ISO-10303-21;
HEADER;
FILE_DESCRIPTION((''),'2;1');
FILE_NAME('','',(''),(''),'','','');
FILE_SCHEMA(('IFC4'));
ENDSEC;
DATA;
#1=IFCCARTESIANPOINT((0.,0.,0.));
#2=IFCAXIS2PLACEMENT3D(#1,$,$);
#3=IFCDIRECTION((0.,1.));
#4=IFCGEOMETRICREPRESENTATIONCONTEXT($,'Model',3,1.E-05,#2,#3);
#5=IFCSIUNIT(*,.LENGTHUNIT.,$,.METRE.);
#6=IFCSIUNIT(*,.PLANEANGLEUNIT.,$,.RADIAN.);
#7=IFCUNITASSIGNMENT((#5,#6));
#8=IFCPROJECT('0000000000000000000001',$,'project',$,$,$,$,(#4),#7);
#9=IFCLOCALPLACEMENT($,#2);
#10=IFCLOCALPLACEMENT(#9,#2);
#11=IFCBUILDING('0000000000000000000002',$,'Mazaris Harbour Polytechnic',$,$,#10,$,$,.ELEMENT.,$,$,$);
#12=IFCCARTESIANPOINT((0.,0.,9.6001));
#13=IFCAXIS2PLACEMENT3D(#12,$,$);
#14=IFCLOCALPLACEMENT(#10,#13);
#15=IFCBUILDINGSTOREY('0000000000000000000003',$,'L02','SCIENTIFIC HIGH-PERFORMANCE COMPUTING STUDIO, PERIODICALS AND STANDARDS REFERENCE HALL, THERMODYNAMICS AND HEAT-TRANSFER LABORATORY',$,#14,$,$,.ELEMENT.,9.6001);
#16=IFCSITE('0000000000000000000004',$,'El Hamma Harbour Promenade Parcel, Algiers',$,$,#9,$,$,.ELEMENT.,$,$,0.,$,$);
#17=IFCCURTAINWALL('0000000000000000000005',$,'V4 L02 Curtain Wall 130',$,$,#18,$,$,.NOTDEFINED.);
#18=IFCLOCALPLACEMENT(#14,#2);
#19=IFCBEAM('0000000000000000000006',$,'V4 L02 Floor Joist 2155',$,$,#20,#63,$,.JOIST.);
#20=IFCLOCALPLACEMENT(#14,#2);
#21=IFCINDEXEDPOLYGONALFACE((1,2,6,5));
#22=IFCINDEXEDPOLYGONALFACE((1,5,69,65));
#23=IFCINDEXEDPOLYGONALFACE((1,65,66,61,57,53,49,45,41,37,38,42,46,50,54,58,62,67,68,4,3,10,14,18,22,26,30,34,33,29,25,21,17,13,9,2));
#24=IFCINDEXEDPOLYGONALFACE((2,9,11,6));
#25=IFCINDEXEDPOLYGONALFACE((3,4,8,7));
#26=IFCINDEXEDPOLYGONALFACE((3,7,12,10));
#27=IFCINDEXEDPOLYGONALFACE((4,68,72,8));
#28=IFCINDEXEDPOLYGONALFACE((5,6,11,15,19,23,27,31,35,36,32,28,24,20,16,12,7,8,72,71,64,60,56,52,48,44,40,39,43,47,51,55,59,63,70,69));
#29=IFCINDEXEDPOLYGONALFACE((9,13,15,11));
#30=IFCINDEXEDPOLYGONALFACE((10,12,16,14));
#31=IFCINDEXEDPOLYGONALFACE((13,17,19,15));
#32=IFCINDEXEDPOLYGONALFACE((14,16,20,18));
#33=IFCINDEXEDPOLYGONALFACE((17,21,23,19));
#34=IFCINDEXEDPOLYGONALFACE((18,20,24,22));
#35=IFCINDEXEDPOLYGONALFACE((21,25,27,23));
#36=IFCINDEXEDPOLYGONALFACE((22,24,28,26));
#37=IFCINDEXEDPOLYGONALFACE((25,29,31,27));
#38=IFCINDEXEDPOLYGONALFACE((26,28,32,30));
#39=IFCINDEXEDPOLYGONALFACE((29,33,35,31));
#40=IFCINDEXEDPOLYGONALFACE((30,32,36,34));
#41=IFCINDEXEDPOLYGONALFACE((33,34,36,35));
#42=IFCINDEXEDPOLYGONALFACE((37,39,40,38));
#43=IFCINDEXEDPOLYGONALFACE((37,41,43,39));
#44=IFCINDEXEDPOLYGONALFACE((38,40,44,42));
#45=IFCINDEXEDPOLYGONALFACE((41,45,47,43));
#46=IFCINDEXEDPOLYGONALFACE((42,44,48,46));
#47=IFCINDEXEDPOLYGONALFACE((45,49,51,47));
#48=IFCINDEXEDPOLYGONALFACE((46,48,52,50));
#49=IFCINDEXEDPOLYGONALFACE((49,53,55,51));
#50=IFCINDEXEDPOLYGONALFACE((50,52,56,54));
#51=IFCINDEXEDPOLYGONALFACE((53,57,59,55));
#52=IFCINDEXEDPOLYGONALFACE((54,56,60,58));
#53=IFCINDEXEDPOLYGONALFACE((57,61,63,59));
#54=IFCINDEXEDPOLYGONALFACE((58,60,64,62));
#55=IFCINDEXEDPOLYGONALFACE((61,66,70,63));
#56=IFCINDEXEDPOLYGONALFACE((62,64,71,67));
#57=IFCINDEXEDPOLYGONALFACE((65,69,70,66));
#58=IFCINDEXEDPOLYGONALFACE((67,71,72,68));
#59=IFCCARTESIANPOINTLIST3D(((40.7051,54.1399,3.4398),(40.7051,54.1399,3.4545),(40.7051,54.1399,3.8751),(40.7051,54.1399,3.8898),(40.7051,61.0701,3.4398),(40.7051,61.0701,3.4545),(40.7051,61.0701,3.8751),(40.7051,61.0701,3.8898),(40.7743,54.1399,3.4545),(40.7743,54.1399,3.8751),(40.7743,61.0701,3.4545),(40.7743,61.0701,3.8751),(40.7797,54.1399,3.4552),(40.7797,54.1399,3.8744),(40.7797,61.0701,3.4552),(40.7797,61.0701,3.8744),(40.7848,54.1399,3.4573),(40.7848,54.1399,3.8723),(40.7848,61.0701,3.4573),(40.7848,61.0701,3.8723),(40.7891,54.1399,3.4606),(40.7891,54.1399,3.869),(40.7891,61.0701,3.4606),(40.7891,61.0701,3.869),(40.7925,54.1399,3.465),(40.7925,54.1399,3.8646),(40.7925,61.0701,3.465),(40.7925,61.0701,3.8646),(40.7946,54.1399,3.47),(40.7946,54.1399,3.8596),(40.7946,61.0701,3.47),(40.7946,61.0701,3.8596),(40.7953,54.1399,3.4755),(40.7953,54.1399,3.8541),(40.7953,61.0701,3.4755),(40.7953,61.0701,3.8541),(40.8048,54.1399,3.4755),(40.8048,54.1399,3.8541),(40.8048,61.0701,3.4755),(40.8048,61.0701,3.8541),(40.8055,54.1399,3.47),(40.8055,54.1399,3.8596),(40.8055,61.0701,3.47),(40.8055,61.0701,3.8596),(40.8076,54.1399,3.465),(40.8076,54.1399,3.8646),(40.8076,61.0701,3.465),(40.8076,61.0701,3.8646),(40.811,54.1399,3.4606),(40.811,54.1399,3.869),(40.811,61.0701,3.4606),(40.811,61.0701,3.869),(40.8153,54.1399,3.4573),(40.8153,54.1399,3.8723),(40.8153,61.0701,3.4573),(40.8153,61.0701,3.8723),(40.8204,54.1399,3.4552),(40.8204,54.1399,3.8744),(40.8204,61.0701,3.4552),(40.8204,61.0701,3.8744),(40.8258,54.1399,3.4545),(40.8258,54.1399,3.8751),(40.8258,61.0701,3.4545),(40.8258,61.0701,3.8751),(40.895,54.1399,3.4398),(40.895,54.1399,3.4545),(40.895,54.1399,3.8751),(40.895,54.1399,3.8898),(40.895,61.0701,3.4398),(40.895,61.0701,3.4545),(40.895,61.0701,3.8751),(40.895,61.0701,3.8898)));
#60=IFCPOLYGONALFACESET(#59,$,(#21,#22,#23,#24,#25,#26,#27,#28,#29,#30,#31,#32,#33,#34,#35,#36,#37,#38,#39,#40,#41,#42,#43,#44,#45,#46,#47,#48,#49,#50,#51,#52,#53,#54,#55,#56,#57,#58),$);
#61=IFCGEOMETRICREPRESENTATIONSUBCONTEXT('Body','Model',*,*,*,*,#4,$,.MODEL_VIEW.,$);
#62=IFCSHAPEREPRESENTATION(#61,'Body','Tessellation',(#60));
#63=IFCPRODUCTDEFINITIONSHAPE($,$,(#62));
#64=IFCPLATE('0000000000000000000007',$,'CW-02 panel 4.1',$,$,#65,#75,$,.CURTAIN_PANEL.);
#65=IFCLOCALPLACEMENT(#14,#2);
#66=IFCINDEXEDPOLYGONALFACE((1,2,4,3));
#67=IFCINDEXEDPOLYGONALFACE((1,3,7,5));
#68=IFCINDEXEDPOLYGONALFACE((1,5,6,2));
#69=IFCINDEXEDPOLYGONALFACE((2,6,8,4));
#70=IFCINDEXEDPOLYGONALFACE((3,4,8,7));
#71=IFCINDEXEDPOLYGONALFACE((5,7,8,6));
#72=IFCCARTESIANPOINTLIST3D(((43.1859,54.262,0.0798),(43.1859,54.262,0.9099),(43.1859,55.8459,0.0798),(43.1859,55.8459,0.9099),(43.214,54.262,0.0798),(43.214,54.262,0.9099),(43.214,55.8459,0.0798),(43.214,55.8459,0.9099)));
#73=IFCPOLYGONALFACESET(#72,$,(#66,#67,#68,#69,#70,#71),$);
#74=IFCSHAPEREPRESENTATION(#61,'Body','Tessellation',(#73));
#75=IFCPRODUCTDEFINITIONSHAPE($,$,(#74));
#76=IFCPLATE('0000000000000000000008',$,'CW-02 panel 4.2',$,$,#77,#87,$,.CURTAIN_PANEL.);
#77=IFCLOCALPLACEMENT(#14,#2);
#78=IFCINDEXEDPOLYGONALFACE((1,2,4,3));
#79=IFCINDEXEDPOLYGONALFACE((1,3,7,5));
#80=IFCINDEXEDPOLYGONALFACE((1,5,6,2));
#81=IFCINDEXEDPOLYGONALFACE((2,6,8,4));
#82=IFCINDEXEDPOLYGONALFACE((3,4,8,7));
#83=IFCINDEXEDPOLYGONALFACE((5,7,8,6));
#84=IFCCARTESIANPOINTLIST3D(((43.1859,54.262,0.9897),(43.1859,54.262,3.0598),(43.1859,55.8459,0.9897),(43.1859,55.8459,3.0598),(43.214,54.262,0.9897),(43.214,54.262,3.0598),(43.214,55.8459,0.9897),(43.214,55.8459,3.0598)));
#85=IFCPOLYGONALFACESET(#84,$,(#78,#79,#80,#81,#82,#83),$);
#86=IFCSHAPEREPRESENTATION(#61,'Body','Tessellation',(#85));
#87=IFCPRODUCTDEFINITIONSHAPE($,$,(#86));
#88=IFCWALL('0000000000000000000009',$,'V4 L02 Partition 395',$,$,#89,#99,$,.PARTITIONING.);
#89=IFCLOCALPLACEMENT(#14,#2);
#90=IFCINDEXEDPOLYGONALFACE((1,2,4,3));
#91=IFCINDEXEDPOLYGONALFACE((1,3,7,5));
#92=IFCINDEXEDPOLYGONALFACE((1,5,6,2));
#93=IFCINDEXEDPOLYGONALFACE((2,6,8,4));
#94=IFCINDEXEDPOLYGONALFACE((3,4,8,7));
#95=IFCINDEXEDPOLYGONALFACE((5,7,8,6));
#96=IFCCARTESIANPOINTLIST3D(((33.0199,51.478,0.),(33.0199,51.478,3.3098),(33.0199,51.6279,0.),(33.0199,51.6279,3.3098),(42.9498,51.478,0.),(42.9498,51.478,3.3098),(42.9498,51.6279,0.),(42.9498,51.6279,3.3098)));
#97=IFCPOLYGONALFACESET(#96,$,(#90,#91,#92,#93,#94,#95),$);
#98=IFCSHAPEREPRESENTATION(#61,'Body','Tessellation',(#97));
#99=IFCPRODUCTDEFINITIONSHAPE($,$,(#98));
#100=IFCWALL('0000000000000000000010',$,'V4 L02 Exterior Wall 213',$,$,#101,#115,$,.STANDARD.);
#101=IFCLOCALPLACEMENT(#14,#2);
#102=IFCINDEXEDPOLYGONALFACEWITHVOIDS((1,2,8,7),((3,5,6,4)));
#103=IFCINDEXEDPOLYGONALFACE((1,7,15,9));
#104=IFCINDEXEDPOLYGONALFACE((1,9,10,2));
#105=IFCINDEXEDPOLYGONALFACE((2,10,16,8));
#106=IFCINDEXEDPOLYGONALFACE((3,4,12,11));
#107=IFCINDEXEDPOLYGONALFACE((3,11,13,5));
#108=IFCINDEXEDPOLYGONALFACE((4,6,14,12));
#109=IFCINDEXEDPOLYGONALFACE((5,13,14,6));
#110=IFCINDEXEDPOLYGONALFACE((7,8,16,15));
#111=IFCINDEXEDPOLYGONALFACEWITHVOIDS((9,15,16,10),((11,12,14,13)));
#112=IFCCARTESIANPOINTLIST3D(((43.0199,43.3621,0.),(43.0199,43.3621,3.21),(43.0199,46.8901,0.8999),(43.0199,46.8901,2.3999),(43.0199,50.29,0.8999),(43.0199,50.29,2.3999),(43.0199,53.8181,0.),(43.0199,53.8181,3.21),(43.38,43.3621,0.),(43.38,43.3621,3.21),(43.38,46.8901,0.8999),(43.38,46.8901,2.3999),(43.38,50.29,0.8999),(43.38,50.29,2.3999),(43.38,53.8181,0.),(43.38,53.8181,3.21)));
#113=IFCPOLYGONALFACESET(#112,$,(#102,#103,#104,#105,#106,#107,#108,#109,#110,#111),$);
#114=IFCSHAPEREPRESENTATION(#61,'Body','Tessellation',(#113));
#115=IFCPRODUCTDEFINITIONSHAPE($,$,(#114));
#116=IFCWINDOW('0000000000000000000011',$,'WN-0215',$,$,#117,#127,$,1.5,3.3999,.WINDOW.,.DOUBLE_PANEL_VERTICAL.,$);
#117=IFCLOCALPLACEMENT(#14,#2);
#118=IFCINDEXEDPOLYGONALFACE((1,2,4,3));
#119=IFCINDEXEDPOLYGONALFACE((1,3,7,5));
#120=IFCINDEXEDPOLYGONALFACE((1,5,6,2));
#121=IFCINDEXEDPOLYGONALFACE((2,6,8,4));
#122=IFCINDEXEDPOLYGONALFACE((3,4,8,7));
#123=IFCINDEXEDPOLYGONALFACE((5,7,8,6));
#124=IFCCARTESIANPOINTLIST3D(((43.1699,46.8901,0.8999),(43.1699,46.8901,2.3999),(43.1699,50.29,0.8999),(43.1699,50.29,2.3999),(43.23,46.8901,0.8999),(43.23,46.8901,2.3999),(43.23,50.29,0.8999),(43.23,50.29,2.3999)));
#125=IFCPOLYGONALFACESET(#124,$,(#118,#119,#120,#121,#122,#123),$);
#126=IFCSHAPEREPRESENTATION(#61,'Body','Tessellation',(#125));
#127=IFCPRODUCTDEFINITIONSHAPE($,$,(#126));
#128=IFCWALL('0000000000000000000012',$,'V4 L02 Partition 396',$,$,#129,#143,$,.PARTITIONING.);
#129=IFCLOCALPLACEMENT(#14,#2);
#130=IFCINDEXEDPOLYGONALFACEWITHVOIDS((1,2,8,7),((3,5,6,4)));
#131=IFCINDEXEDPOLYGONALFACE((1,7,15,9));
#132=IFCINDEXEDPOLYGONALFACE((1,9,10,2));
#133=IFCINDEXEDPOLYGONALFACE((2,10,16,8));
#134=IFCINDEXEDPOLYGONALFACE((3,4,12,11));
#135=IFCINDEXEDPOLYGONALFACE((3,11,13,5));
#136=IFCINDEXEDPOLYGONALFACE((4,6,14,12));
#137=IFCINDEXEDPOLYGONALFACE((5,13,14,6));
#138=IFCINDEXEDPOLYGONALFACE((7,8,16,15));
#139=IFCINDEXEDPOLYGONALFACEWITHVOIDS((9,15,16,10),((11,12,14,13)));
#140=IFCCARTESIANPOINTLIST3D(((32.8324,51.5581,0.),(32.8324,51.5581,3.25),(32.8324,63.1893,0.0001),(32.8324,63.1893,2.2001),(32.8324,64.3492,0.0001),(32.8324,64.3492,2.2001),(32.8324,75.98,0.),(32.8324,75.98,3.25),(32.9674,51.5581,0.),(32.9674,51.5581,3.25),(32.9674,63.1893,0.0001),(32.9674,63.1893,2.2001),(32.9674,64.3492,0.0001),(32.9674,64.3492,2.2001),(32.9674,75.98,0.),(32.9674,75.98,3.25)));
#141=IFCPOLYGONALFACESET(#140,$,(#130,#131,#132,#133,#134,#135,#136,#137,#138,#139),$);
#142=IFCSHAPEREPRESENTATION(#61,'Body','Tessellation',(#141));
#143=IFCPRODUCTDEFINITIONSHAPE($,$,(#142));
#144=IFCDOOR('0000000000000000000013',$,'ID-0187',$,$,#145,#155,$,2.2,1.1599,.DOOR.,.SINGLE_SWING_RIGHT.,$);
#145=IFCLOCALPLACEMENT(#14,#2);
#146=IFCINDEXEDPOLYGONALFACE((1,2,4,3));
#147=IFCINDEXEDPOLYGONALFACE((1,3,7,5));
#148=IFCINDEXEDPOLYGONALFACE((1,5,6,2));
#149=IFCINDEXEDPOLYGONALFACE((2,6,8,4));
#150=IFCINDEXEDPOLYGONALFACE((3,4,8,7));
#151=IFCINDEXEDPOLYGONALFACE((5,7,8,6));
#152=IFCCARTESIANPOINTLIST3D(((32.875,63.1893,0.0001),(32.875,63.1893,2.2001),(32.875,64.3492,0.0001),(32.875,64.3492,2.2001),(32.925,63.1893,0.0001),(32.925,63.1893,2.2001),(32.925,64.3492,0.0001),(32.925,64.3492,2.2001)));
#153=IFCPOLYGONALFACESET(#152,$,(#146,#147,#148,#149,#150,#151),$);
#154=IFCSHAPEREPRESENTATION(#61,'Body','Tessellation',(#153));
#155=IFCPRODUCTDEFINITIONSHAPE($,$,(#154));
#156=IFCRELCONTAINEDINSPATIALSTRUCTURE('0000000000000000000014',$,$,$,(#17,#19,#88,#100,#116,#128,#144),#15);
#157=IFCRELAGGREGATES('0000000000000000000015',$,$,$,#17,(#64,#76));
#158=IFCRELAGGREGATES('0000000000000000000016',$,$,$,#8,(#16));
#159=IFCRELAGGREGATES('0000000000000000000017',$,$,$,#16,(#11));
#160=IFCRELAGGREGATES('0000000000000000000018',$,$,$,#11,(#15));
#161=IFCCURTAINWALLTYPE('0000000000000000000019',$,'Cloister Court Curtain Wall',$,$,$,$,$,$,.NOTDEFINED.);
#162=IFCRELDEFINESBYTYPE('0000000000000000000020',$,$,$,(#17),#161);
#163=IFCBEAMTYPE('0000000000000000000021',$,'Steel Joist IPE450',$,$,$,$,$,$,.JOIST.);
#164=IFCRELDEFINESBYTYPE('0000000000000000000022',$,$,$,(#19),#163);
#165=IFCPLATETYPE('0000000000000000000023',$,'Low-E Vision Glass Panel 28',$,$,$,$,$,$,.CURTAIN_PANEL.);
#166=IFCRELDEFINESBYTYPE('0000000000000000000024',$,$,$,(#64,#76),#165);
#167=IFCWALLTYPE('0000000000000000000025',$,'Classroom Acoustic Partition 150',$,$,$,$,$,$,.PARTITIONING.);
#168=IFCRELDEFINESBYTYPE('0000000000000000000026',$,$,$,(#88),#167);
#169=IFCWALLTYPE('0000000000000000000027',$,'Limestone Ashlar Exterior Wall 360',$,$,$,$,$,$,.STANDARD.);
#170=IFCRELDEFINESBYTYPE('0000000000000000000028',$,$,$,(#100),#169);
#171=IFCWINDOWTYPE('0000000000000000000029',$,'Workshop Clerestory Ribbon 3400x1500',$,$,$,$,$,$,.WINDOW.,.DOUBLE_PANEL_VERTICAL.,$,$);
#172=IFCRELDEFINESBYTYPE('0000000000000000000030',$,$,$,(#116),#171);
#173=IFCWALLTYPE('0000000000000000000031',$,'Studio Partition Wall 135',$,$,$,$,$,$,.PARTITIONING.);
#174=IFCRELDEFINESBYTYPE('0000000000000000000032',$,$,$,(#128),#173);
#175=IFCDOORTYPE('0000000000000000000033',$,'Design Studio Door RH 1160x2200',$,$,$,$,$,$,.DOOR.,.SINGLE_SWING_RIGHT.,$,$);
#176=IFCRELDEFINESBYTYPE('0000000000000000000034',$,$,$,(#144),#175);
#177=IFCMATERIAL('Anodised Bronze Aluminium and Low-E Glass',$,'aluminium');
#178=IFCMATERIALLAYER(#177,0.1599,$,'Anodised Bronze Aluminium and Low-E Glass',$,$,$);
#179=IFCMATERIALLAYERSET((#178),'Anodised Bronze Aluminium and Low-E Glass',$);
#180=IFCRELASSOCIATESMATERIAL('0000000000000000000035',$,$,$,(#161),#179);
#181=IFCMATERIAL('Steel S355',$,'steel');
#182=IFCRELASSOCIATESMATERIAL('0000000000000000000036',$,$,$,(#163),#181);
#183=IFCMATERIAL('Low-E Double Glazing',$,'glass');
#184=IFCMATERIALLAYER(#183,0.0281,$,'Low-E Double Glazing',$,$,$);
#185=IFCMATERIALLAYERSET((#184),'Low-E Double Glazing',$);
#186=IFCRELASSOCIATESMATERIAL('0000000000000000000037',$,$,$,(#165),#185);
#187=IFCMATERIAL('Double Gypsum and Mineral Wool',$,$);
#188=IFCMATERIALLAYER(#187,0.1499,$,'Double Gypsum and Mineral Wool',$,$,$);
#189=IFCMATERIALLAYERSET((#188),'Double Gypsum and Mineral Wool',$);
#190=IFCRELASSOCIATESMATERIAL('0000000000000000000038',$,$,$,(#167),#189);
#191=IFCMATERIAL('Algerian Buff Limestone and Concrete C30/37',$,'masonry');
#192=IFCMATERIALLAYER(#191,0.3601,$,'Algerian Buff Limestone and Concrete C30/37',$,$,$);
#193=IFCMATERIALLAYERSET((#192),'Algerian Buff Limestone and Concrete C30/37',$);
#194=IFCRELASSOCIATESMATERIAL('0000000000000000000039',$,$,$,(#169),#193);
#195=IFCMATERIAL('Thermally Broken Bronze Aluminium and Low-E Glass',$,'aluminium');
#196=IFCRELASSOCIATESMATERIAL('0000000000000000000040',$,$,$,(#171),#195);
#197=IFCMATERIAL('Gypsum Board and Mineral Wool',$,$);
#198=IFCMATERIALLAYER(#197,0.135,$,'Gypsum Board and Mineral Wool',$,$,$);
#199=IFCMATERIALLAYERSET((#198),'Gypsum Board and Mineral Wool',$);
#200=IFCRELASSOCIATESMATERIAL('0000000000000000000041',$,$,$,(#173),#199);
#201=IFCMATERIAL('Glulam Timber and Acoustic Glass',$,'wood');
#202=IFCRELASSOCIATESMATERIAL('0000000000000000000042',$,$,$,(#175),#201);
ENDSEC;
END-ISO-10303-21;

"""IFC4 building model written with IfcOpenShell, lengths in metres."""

from ifc_helpers import new_model, si_unit, direction, frame, frame_2d, origin, origin_2d, place, context, subcontext, project, spatial, rectangle, i_section, extrude, material, layer, layer_set, material_profile, profile_set, type_object, element, fill, aggregate, save


model = new_model("IFC4")

# Units and contexts
model_context = context("Model", 3, precision=1e-05, world=origin(), true_north=direction((0.0, 1.0)))
body_context = subcontext(model_context, "Body", "Model", "MODEL_VIEW")
ifc_project = project(units=[si_unit("LENGTHUNIT", "METRE"), si_unit("PLANEANGLEUNIT", "RADIAN")], contexts=[model_context])

# Site, building, storey
site_placement = place(None, origin())
site = spatial("IfcSite", under=ifc_project, at=site_placement, Name="El Hamma Harbour Promenade Parcel, Algiers", CompositionType="ELEMENT", RefElevation=0.0)
building_placement = place(site_placement, origin())
building = spatial("IfcBuilding", under=site, at=building_placement, Name="Mazaris Harbour Polytechnic", CompositionType="ELEMENT")
storey_placement = place(building_placement, frame((0.0, 0.0, 9.6001)))
storey = spatial("IfcBuildingStorey", under=building, at=storey_placement, Name="L02", Description="SCIENTIFIC HIGH-PERFORMANCE COMPUTING STUDIO, PERIODICALS AND STANDARDS REFERENCE HALL, THERMODYNAMICS AND HEAT-TRANSFER LABORATORY", CompositionType="ELEMENT", Elevation=9.6001)

# Curtain wall
ifc_material_1 = material(Name="Anodised Bronze Aluminium and Low-E Glass", Category="aluminium")
ifc_layer_1 = layer(ifc_material_1, 0.1599, Name="Anodised Bronze Aluminium and Low-E Glass")
ifc_layer_set_1 = layer_set([ifc_layer_1], Name="Anodised Bronze Aluminium and Low-E Glass")
curtain_wall_type = type_object("IfcCurtainWallType", Name="Cloister Court Curtain Wall", PredefinedType="NOTDEFINED", material=ifc_layer_set_1)
curtain_wall_1_placement = place(storey_placement, origin())
curtain_wall_1 = element("IfcCurtainWall", 1, at=curtain_wall_1_placement, inside=storey, type_object=curtain_wall_type, Name="V4 L02 Curtain Wall 130", PredefinedType="NOTDEFINED")

# Beam
ifc_material_2 = material(Name="Steel S355", Category="steel")
ifc_material_profile_1 = material_profile(ifc_material_2, i_section(OverallWidth=0.1899, OverallDepth=0.45, WebThickness=0.0095, FlangeThickness=0.0146, FilletRadius=0.021, at=origin_2d()), Name="IPE 450")
ifc_profile_set_1 = profile_set([ifc_material_profile_1], Name="Steel S355")
beam_type_1 = type_object("IfcBeamType", Name="Steel Joist IPE450", PredefinedType="JOIST", material=ifc_profile_set_1)
beam_1_placement = place(storey_placement, frame((40.8, 54.1399, 3.6648), z_axis=(0.0, 1.0, 0.0), x_axis=(-1.0, 0.0, 0.0)))
element("IfcBeam", 2, at=beam_1_placement, inside=storey, type_object=beam_type_1, Name="V4 L02 Floor Joist 2155", PredefinedType="JOIST", context=body_context, shape_type="SweptSolid", body=[
    extrude(i_section(OverallWidth=0.1899, OverallDepth=0.45, WebThickness=0.0095, FlangeThickness=0.0146, FilletRadius=0.021, at=origin_2d()), origin(), (0.0, 0.0, 1.0), 6.9302),
])

# Plates
ifc_material_3 = material(Name="Low-E Double Glazing", Category="glass")
ifc_layer_2 = layer(ifc_material_3, 0.0281, Name="Low-E Double Glazing")
ifc_layer_set_2 = layer_set([ifc_layer_2], Name="Low-E Double Glazing")
plate_type = type_object("IfcPlateType", Name="Low-E Vision Glass Panel 28", PredefinedType="CURTAIN_PANEL", material=ifc_layer_set_2)
plate_1_placement = place(storey_placement, frame((43.2, 55.054, 0.0798), z_axis=(0.0, 0.0, 1.0), x_axis=(0.0, -1.0, 0.0)))
plate_1 = element("IfcPlate", 3, at=plate_1_placement, type_object=plate_type, Name="CW-02 panel 4.1", PredefinedType="CURTAIN_PANEL", context=body_context, shape_type="SweptSolid", body=[
    extrude(rectangle(XDim=1.584, YDim=0.0281, at=origin_2d()), origin(), (0.0, 0.0, 1.0), 0.8301),
])
plate_2_placement = place(storey_placement, frame((43.2, 55.054, 0.9897), z_axis=(0.0, 0.0, 1.0), x_axis=(0.0, -1.0, 0.0)))
plate_2 = element("IfcPlate", 4, at=plate_2_placement, type_object=plate_type, Name="CW-02 panel 4.2", PredefinedType="CURTAIN_PANEL", context=body_context, shape_type="SweptSolid", body=[
    extrude(rectangle(XDim=1.584, YDim=0.0281, at=origin_2d()), origin(), (0.0, 0.0, 1.0), 2.0701),
])
aggregate(curtain_wall_1, [plate_1, plate_2])

# Wall
ifc_material_4 = material(Name="Double Gypsum and Mineral Wool")
ifc_layer_3 = layer(ifc_material_4, 0.1499, Name="Double Gypsum and Mineral Wool")
ifc_layer_set_3 = layer_set([ifc_layer_3], Name="Double Gypsum and Mineral Wool")
wall_type_1 = type_object("IfcWallType", Name="Classroom Acoustic Partition 150", PredefinedType="PARTITIONING", material=ifc_layer_set_3)
wall_1_placement = place(storey_placement, frame((33.02, 51.553, 0.0), z_axis=(0.0, 0.0, 1.0), x_axis=(1.0, 0.0, 0.0)))
element("IfcWall", 5, at=wall_1_placement, inside=storey, type_object=wall_type_1, Name="V4 L02 Partition 395", PredefinedType="PARTITIONING", context=body_context, shape_type="SweptSolid", body=[
    extrude(rectangle(XDim=9.9299, YDim=0.1499, at=frame_2d((4.9648, 0.0))), origin(), (0.0, 0.0, 1.0), 3.3098),
])

# Wall, opening, window
ifc_material_5 = material(Name="Algerian Buff Limestone and Concrete C30/37", Category="masonry")
ifc_layer_4 = layer(ifc_material_5, 0.3601, Name="Algerian Buff Limestone and Concrete C30/37")
ifc_layer_set_4 = layer_set([ifc_layer_4], Name="Algerian Buff Limestone and Concrete C30/37")
wall_type_2 = type_object("IfcWallType", Name="Limestone Ashlar Exterior Wall 360", PredefinedType="STANDARD", material=ifc_layer_set_4)
wall_2_placement = place(storey_placement, frame((43.2, 53.8181, 0.0), z_axis=(0.0, 0.0, 1.0), x_axis=(0.0, -1.0, 0.0)))
wall_2 = element("IfcWall", 6, at=wall_2_placement, inside=storey, type_object=wall_type_2, Name="V4 L02 Exterior Wall 213", PredefinedType="STANDARD", context=body_context, shape_type="SweptSolid", body=[
    extrude(rectangle(XDim=10.4561, YDim=0.3601, at=frame_2d((5.228, 0.0))), origin(), (0.0, 0.0, 1.0), 3.21),
])
opening_1_placement = place(wall_2_placement, frame((3.5281, 0.0, 0.8999)))
opening_1 = element("IfcOpeningElement", 7, at=opening_1_placement, cuts=wall_2, PredefinedType="OPENING", context=body_context, shape_type="SweptSolid", body=[
    extrude(rectangle(XDim=3.3999, YDim=1.5, at=frame_2d((1.7, 0.75))), frame((0.0, 0.1899, 0.0), z_axis=(0.0, -1.0, 0.0), x_axis=(1.0, 0.0, 0.0)), (0.0, 0.0, 1.0), 0.3801),
])
ifc_material_6 = material(Name="Thermally Broken Bronze Aluminium and Low-E Glass", Category="aluminium")
window_type = type_object("IfcWindowType", Name="Workshop Clerestory Ribbon 3400x1500", PartitioningType="DOUBLE_PANEL_VERTICAL", PredefinedType="WINDOW", material=ifc_material_6)
window_placement = place(opening_1_placement, origin())
window = element("IfcWindow", 8, at=window_placement, inside=storey, type_object=window_type, Name="WN-0215", OverallHeight=1.5, OverallWidth=3.3999, PartitioningType="DOUBLE_PANEL_VERTICAL", PredefinedType="WINDOW", context=body_context, shape_type="SweptSolid", body=[
    extrude(rectangle(XDim=3.3999, YDim=1.5, at=frame_2d((1.7, 0.75))), frame((0.0, 0.03, 0.0), z_axis=(0.0, -1.0, 0.0), x_axis=(1.0, 0.0, 0.0)), (0.0, 0.0, 1.0), 0.0601),
])
fill(opening_1, window)

# Wall, opening, door
ifc_material_7 = material(Name="Gypsum Board and Mineral Wool")
ifc_layer_5 = layer(ifc_material_7, 0.135, Name="Gypsum Board and Mineral Wool")
ifc_layer_set_5 = layer_set([ifc_layer_5], Name="Gypsum Board and Mineral Wool")
wall_type_3 = type_object("IfcWallType", Name="Studio Partition Wall 135", PredefinedType="PARTITIONING", material=ifc_layer_set_5)
wall_3_placement = place(storey_placement, frame((32.8999, 51.5581, 0.0), z_axis=(0.0, 0.0, 1.0), x_axis=(0.0, 1.0, 0.0)))
wall_3 = element("IfcWall", 9, at=wall_3_placement, inside=storey, type_object=wall_type_3, Name="V4 L02 Partition 396", PredefinedType="PARTITIONING", context=body_context, shape_type="SweptSolid", body=[
    extrude(rectangle(XDim=24.4219, YDim=0.135, at=frame_2d((12.2109, 0.0))), origin(), (0.0, 0.0, 1.0), 3.25),
])
opening_2_placement = place(wall_3_placement, frame((11.6311, 0.0, 0.0)))
opening_2 = element("IfcOpeningElement", 10, at=opening_2_placement, cuts=wall_3, PredefinedType="OPENING", context=body_context, shape_type="SweptSolid", body=[
    extrude(rectangle(XDim=1.1599, YDim=2.2, at=frame_2d((0.5801, 1.1001))), frame((0.0, 0.0774, 0.0), z_axis=(0.0, -1.0, 0.0), x_axis=(1.0, 0.0, 0.0)), (0.0, 0.0, 1.0), 0.155),
])
ifc_material_8 = material(Name="Glulam Timber and Acoustic Glass", Category="wood")
door_type = type_object("IfcDoorType", Name="Design Studio Door RH 1160x2200", OperationType="SINGLE_SWING_RIGHT", PredefinedType="DOOR", material=ifc_material_8)
door_placement = place(opening_2_placement, origin())
door = element("IfcDoor", 11, at=door_placement, inside=storey, type_object=door_type, Name="ID-0187", OperationType="SINGLE_SWING_RIGHT", OverallHeight=2.2, OverallWidth=1.1599, PredefinedType="DOOR", context=body_context, shape_type="SweptSolid", body=[
    extrude(rectangle(XDim=1.1599, YDim=2.2, at=frame_2d((0.5801, 1.1001))), frame((0.0, 0.0249, 0.0), z_axis=(0.0, -1.0, 0.0), x_axis=(1.0, 0.0, 0.0)), (0.0, 0.0, 1.0), 0.05),
])
fill(opening_2, door)

save(model, "model.ifc")
